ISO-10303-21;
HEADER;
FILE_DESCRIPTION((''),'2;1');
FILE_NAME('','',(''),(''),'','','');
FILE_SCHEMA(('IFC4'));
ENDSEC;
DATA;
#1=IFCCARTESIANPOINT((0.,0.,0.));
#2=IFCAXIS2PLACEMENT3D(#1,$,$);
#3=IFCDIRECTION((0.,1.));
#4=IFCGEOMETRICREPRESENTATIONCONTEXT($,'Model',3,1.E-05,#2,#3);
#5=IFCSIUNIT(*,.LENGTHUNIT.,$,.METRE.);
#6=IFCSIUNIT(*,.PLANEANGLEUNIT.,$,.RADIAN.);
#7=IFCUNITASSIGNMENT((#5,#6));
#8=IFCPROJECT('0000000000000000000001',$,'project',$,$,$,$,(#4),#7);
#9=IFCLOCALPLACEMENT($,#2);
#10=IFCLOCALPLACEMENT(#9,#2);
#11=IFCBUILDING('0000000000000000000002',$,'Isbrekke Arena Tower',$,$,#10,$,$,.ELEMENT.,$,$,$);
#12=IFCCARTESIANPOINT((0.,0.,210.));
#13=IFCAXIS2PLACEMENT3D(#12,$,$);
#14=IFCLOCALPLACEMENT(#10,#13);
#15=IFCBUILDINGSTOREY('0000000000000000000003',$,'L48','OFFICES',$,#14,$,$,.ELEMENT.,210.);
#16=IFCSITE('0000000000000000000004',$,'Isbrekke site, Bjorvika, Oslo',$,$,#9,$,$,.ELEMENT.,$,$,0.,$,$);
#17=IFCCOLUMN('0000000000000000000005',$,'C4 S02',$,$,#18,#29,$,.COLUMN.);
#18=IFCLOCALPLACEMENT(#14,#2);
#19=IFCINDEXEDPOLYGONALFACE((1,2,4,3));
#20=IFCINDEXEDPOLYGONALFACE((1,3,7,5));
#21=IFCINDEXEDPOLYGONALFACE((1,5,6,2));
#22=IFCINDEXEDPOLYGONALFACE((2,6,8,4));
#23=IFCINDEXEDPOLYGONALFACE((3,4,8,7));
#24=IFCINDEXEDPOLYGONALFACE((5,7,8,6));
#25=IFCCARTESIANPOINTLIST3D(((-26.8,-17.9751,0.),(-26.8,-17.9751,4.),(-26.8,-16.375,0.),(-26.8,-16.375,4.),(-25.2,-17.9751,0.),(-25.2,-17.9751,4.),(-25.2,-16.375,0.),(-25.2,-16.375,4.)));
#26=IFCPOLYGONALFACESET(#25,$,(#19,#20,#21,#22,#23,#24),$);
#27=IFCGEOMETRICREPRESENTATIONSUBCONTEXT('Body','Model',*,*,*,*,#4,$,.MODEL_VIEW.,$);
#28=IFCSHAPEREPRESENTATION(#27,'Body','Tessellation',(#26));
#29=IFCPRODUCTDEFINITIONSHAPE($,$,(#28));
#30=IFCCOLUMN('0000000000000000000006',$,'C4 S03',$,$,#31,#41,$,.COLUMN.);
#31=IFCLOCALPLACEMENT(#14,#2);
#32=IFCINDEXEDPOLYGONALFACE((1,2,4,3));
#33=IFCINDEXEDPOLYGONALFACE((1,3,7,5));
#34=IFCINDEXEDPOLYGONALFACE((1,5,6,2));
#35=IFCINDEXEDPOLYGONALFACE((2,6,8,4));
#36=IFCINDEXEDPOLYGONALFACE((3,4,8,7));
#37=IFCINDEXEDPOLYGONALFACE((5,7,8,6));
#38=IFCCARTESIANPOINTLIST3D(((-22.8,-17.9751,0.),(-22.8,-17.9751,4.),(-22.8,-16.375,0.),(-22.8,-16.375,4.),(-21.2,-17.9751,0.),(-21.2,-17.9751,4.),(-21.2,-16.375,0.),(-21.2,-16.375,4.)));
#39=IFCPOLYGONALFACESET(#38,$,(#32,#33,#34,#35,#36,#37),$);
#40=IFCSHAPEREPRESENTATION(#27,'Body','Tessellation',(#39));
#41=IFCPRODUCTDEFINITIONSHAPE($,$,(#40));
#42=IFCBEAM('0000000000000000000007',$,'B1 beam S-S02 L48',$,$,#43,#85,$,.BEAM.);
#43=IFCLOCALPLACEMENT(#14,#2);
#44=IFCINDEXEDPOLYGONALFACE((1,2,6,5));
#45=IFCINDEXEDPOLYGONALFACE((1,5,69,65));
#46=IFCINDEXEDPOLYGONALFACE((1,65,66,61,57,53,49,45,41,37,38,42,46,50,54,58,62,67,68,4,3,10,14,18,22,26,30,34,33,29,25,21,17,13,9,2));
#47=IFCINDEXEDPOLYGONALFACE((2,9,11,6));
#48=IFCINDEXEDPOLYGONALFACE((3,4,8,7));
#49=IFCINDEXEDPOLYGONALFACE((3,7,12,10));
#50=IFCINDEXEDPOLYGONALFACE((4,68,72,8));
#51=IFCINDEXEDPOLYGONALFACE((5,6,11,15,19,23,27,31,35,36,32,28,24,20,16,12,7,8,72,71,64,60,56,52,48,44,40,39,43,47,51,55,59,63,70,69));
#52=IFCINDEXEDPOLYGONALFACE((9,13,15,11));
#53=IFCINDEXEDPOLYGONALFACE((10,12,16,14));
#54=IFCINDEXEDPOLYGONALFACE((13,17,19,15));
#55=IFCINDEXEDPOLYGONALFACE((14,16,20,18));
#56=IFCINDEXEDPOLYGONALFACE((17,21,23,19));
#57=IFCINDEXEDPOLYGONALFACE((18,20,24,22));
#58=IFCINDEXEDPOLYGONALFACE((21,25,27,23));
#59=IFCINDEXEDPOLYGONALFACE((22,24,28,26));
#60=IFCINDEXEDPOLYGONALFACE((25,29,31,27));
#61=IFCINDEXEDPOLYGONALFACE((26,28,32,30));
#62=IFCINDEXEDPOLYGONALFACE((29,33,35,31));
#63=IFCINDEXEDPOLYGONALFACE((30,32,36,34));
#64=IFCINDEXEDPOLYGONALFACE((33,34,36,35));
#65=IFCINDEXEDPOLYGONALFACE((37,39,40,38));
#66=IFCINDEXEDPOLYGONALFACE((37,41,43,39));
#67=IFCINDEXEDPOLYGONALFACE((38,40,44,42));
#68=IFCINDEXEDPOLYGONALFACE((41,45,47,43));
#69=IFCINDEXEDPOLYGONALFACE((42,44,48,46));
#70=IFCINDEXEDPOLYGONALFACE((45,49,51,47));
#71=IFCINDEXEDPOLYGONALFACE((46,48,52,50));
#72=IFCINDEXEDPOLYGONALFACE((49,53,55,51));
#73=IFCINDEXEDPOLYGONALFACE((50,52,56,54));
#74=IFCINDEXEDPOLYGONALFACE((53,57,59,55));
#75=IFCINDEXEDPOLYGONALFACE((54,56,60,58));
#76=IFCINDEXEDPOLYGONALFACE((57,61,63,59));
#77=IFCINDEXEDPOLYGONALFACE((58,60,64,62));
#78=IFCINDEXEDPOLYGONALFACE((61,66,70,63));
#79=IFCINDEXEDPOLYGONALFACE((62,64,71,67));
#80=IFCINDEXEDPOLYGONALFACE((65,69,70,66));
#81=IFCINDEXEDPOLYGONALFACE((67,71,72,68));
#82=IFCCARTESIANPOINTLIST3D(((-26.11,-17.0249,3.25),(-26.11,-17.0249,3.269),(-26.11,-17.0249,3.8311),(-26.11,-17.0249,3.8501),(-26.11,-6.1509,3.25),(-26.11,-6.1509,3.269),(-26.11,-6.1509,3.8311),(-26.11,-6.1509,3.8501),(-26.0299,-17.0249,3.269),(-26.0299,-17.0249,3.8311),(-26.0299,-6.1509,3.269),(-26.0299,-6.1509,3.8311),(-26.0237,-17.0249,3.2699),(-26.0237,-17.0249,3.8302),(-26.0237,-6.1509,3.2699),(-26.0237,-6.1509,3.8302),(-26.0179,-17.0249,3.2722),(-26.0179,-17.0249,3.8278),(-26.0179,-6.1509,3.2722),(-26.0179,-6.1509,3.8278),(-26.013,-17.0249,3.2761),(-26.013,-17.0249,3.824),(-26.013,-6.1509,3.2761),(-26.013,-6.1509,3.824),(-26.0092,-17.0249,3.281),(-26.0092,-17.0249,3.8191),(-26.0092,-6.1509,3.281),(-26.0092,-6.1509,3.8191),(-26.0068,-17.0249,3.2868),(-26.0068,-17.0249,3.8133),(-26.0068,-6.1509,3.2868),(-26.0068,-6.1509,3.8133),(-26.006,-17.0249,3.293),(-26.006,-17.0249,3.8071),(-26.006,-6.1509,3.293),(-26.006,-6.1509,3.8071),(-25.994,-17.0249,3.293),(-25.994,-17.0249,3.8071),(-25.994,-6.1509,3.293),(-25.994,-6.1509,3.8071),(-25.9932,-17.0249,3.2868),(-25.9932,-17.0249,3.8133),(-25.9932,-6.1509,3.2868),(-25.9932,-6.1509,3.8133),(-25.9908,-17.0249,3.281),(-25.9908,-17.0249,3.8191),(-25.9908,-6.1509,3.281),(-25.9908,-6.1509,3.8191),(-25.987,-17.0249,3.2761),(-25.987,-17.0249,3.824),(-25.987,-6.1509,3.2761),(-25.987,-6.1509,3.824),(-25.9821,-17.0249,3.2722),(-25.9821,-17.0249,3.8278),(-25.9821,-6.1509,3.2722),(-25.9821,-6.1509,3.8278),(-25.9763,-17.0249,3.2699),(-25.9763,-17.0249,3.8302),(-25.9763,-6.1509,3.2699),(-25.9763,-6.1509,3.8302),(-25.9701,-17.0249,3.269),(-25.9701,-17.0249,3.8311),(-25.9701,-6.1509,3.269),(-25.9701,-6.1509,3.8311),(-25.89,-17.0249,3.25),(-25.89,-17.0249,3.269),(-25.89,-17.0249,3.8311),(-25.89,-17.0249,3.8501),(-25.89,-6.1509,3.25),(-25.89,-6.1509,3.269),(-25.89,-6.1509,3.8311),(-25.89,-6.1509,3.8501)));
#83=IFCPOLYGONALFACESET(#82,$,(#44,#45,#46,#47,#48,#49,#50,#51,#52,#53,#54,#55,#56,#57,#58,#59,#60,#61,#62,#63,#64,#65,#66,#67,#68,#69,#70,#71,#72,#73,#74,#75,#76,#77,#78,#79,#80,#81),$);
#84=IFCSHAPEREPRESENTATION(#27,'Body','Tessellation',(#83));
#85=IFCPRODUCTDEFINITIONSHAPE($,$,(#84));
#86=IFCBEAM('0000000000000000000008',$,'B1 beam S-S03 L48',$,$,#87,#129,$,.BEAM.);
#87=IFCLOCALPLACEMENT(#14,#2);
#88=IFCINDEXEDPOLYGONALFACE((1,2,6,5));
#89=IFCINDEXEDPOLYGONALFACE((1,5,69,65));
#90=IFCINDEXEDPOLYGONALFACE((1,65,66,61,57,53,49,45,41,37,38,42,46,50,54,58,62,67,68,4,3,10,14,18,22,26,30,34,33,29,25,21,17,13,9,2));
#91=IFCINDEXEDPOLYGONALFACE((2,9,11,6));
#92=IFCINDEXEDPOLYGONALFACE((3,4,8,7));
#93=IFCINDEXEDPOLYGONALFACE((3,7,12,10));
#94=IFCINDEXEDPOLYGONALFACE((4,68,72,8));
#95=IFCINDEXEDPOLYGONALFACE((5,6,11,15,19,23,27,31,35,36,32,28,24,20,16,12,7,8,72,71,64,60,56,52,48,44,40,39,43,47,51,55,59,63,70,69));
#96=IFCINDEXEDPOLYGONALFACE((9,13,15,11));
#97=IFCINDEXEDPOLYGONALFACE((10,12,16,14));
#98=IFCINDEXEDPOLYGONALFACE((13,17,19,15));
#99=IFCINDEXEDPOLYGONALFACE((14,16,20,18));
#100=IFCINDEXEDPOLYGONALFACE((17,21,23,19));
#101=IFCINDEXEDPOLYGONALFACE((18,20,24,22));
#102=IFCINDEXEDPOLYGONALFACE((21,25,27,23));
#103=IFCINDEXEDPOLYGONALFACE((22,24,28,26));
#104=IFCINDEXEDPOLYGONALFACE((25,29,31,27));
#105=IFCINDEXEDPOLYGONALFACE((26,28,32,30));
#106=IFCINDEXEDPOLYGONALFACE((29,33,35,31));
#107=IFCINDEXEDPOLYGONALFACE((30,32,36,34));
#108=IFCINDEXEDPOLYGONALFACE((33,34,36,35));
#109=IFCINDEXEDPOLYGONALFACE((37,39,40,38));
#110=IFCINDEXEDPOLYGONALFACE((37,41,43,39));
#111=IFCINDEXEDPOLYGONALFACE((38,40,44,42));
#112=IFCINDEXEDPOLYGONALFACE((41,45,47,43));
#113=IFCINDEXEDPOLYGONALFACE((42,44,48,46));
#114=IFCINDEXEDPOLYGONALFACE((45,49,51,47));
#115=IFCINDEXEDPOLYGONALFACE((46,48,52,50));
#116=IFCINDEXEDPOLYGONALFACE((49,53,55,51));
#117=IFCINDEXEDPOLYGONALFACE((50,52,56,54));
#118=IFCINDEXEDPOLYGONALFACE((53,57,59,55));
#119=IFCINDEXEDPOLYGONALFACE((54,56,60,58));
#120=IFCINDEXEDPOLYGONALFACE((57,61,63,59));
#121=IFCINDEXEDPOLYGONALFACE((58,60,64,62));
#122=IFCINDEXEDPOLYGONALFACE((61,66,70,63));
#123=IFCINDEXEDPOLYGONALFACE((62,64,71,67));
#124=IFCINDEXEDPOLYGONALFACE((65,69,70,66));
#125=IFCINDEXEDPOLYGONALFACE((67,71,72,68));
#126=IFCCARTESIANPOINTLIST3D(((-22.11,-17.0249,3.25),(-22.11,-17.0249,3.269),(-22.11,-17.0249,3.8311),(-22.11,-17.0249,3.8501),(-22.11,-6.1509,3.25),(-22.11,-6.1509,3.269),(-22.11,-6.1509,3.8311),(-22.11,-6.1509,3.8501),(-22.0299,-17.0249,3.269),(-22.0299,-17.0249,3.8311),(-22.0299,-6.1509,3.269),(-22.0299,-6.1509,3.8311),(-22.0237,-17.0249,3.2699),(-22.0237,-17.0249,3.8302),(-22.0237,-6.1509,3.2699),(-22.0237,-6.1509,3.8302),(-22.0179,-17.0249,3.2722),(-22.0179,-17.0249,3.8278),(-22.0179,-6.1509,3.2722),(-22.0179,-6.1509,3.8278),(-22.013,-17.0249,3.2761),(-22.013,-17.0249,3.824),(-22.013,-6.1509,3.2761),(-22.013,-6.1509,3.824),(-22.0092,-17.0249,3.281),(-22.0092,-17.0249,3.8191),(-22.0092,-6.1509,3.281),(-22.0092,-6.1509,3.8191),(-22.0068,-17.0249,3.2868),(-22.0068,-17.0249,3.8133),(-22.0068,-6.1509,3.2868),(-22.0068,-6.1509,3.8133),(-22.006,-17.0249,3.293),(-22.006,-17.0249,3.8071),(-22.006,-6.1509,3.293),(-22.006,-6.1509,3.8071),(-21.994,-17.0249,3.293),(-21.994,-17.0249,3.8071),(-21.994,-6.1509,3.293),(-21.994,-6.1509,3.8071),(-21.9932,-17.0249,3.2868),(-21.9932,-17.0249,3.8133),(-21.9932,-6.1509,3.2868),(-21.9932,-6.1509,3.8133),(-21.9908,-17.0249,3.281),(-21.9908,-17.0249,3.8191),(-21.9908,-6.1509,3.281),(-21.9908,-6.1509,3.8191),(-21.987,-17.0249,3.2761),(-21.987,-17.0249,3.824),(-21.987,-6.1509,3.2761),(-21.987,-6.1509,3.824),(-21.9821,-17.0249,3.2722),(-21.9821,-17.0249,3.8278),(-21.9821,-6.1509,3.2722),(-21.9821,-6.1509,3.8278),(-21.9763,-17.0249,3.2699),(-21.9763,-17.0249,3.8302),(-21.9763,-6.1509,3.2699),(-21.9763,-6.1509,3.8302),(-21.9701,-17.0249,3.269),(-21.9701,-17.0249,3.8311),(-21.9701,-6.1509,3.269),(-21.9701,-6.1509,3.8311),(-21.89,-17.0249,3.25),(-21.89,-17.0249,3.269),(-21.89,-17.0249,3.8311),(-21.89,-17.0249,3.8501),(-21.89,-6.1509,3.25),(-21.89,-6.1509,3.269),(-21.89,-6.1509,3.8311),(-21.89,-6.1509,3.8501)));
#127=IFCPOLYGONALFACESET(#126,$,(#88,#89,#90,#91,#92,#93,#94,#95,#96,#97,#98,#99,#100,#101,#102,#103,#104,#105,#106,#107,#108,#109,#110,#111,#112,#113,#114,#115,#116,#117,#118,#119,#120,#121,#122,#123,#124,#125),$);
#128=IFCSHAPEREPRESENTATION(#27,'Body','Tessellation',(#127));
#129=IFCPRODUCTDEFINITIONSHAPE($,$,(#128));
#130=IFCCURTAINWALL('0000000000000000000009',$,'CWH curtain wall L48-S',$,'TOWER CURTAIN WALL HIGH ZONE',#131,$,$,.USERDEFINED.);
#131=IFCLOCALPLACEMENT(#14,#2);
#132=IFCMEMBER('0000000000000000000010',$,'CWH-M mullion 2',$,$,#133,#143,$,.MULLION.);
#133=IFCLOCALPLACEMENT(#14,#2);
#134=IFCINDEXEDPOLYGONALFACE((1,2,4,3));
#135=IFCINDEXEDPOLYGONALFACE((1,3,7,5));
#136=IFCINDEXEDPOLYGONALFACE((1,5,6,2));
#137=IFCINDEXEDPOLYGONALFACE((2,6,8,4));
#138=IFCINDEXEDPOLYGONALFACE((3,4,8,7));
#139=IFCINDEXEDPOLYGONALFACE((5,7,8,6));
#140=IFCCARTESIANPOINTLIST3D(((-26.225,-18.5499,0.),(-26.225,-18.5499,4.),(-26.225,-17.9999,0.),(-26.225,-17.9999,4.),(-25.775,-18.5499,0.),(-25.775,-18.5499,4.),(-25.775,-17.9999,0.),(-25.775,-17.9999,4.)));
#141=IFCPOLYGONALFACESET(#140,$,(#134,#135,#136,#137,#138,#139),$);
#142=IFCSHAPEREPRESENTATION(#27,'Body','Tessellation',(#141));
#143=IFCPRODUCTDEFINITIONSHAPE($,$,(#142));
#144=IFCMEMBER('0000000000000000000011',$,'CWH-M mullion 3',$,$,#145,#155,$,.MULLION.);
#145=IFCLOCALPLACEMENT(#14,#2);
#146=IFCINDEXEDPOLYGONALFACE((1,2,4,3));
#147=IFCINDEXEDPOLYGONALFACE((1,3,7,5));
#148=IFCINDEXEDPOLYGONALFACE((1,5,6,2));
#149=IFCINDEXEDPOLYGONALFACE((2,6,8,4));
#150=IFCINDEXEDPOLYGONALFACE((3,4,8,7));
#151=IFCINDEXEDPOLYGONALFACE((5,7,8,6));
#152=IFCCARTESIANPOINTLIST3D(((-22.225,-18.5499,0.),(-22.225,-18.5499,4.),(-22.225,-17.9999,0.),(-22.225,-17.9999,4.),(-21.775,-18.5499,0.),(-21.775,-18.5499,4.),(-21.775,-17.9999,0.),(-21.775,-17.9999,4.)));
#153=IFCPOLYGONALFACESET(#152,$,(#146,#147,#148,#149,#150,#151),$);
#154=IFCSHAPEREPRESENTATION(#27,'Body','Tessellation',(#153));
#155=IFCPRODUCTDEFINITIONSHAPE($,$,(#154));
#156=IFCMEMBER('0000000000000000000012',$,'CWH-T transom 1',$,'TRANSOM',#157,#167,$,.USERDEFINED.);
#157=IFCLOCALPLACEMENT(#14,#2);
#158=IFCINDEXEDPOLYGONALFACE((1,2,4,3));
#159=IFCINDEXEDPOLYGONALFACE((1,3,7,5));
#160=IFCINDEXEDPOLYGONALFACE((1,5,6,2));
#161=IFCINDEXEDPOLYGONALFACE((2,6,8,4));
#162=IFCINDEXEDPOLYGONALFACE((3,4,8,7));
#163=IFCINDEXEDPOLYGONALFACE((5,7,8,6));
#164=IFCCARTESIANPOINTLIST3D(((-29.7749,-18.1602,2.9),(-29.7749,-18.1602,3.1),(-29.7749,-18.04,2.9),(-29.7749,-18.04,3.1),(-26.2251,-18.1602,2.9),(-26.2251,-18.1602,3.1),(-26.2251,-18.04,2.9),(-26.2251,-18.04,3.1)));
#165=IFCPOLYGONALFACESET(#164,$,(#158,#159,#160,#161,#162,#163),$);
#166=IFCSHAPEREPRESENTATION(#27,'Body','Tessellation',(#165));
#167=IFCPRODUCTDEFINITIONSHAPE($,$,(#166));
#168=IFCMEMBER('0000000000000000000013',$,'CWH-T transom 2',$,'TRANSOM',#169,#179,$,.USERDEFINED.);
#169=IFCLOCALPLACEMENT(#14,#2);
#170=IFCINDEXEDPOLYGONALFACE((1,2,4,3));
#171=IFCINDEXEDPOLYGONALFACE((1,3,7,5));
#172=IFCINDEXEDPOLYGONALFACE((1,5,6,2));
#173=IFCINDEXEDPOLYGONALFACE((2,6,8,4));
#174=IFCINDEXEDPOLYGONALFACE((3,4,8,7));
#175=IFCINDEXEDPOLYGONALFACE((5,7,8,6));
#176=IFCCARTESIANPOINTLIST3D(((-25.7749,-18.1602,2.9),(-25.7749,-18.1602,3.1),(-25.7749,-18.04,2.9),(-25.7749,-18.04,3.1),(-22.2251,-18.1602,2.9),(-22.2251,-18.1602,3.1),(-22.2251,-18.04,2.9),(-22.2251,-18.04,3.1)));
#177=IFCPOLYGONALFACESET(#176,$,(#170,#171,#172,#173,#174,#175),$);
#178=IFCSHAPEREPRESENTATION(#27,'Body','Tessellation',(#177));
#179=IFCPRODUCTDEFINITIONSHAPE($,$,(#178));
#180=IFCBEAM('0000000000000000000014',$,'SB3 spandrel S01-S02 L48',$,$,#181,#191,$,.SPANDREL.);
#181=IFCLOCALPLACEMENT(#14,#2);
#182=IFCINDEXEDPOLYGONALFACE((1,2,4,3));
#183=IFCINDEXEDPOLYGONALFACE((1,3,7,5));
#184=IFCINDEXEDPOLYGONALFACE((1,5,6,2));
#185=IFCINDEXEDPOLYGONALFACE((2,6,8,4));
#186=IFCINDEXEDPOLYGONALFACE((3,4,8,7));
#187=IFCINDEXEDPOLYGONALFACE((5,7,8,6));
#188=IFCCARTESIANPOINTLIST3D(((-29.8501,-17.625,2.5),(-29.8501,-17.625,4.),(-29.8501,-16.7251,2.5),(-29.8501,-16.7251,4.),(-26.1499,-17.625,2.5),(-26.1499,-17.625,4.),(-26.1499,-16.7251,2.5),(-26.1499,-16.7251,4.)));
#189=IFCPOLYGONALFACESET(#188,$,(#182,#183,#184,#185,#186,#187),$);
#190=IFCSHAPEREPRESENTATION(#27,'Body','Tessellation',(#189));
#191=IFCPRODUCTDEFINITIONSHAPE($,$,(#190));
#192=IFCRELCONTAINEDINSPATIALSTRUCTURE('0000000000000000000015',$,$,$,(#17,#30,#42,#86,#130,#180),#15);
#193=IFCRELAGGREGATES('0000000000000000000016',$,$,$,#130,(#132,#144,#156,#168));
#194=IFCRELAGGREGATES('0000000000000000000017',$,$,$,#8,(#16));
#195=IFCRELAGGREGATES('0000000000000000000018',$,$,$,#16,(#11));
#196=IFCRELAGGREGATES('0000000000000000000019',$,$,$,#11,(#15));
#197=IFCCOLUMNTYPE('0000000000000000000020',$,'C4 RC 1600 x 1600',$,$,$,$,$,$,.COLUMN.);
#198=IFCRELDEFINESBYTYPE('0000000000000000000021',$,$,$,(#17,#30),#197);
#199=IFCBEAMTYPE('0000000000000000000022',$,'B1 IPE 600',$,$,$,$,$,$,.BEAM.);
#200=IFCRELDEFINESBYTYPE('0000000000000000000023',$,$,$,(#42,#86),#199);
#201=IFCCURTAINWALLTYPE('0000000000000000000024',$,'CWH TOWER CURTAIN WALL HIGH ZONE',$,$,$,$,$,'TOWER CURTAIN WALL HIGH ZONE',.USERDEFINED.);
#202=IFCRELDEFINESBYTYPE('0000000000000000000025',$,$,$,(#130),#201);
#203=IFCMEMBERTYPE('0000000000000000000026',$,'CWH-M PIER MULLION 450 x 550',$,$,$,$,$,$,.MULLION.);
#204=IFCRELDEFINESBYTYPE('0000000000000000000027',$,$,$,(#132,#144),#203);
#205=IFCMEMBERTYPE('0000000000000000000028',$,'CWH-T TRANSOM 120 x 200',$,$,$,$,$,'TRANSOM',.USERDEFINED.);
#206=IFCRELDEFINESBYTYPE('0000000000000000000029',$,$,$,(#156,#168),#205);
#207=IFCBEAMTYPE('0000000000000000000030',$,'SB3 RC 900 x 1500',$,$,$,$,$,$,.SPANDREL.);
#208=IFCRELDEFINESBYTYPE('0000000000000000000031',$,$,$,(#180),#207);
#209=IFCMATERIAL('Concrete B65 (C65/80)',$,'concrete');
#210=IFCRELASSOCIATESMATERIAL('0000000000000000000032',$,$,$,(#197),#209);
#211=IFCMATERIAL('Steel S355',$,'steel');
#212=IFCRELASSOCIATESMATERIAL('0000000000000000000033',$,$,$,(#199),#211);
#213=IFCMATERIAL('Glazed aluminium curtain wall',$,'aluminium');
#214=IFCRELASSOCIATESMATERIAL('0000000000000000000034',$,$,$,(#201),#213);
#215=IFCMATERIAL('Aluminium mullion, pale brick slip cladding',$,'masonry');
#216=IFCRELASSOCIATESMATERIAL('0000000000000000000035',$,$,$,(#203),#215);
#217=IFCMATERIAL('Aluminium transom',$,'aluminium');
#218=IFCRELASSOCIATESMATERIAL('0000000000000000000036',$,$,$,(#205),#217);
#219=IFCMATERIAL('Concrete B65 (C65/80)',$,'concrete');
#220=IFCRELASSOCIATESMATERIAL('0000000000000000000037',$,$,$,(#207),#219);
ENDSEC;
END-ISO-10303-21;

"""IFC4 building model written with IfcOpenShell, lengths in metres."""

from ifc_helpers import new_model, si_unit, direction, frame, origin, origin_2d, place, context, subcontext, project, spatial, rectangle, i_section, extrude, material, material_profile, profile_set, type_object, element, aggregate, save


model = new_model("IFC4")

# Units and contexts
model_context = context("Model", 3, precision=1e-05, world=origin(), true_north=direction((0.0, 1.0)))
body_context = subcontext(model_context, "Body", "Model", "MODEL_VIEW")
ifc_project = project(units=[si_unit("LENGTHUNIT", "METRE"), si_unit("PLANEANGLEUNIT", "RADIAN")], contexts=[model_context])

# Site, building, storey
site_placement = place(None, origin())
site = spatial("IfcSite", under=ifc_project, at=site_placement, Name="Isbrekke site, Bjorvika, Oslo", CompositionType="ELEMENT", RefElevation=0.0)
building_placement = place(site_placement, origin())
building = spatial("IfcBuilding", under=site, at=building_placement, Name="Isbrekke Arena Tower", CompositionType="ELEMENT")
storey_placement = place(building_placement, frame((0.0, 0.0, 210.0)))
storey = spatial("IfcBuildingStorey", under=building, at=storey_placement, Name="L48", Description="OFFICES", CompositionType="ELEMENT", Elevation=210.0)

# Columns
ifc_material_1 = material(Name="Concrete B65 (C65/80)", Category="concrete")
ifc_material_profile_1 = material_profile(ifc_material_1, rectangle(XDim=1.6001, YDim=1.6001, at=origin_2d()), Name="RC 1600x1600")
ifc_profile_set_1 = profile_set([ifc_material_profile_1], Name="Concrete B65 (C65/80)")
column_type = type_object("IfcColumnType", Name="C4 RC 1600 x 1600", PredefinedType="COLUMN", material=ifc_profile_set_1)
for number, where, z_axis, x_axis, name in (
    (1, (-26.0, -17.175, 0.0), (0.0, 0.0, 1.0), (1.0, 0.0, 0.0), "C4 S02"),
    (2, (-22.0, -17.175, 0.0), (0.0, 0.0, 1.0), (1.0, 0.0, 0.0), "C4 S03"),
):
    element("IfcColumn", number, at=place(storey_placement, frame(where, z_axis=z_axis, x_axis=x_axis)), inside=storey, type_object=column_type, Name=name, PredefinedType="COLUMN", context=body_context, shape_type="SweptSolid", body=[
        extrude(rectangle(XDim=1.6001, YDim=1.6001, at=origin_2d()), origin(), (0.0, 0.0, 1.0), 4.0),
    ])

# Beams
ifc_material_2 = material(Name="Steel S355", Category="steel")
ifc_material_profile_2 = material_profile(ifc_material_2, i_section(OverallWidth=0.22, OverallDepth=0.6001, WebThickness=0.012, FlangeThickness=0.019, FilletRadius=0.0239, at=origin_2d()), Name="IPE 600")
ifc_profile_set_2 = profile_set([ifc_material_profile_2], Name="Steel S355")
beam_type_1 = type_object("IfcBeamType", Name="B1 IPE 600", PredefinedType="BEAM", material=ifc_profile_set_2)
for number, where, z_axis, x_axis, name in (
    (3, (-26.0, -17.0249, 3.55), (0.0, 1.0, 0.0), (-1.0, 0.0, 0.0), "B1 beam S-S02 L48"),
    (4, (-22.0, -17.0249, 3.55), (0.0, 1.0, 0.0), (-1.0, 0.0, 0.0), "B1 beam S-S03 L48"),
):
    element("IfcBeam", number, at=place(storey_placement, frame(where, z_axis=z_axis, x_axis=x_axis)), inside=storey, type_object=beam_type_1, Name=name, PredefinedType="BEAM", context=body_context, shape_type="SweptSolid", body=[
        extrude(i_section(OverallWidth=0.22, OverallDepth=0.6001, WebThickness=0.012, FlangeThickness=0.019, FilletRadius=0.0239, at=origin_2d()), origin(), (0.0, 0.0, 1.0), 10.874),
    ])

# Curtain wall, members
ifc_material_3 = material(Name="Glazed aluminium curtain wall", Category="aluminium")
curtain_wall_type = type_object("IfcCurtainWallType", Name="CWH TOWER CURTAIN WALL HIGH ZONE", ElementType="TOWER CURTAIN WALL HIGH ZONE", PredefinedType="USERDEFINED", material=ifc_material_3)
curtain_wall_placement = place(storey_placement, origin())
curtain_wall = element("IfcCurtainWall", 5, at=curtain_wall_placement, inside=storey, type_object=curtain_wall_type, Name="CWH curtain wall L48-S", ObjectType="TOWER CURTAIN WALL HIGH ZONE", PredefinedType="USERDEFINED")
ifc_material_4 = material(Name="Aluminium mullion, pale brick slip cladding", Category="masonry")
ifc_material_profile_3 = material_profile(ifc_material_4, rectangle(XDim=0.45, YDim=0.55, at=origin_2d()), Name="PIER 450X550")
ifc_profile_set_3 = profile_set([ifc_material_profile_3], Name="Aluminium mullion, pale brick slip cladding")
member_type_1 = type_object("IfcMemberType", Name="CWH-M PIER MULLION 450 x 550", PredefinedType="MULLION", material=ifc_profile_set_3)
member_1_placement = place(storey_placement, frame((-26.0, -18.2749, 0.0), z_axis=(0.0, 0.0, 1.0), x_axis=(1.0, 0.0, 0.0)))
member_1 = element("IfcMember", 6, at=member_1_placement, type_object=member_type_1, Name="CWH-M mullion 2", PredefinedType="MULLION", context=body_context, shape_type="SweptSolid", body=[
    extrude(rectangle(XDim=0.45, YDim=0.55, at=origin_2d()), origin(), (0.0, 0.0, 1.0), 4.0),
])
member_2_placement = place(storey_placement, frame((-22.0, -18.2749, 0.0), z_axis=(0.0, 0.0, 1.0), x_axis=(1.0, 0.0, 0.0)))
member_2 = element("IfcMember", 7, at=member_2_placement, type_object=member_type_1, Name="CWH-M mullion 3", PredefinedType="MULLION", context=body_context, shape_type="SweptSolid", body=[
    extrude(rectangle(XDim=0.45, YDim=0.55, at=origin_2d()), origin(), (0.0, 0.0, 1.0), 4.0),
])
ifc_material_5 = material(Name="Aluminium transom", Category="aluminium")
ifc_material_profile_4 = material_profile(ifc_material_5, rectangle(XDim=0.1201, YDim=0.2, at=origin_2d()), Name="TRANSOM 120X200")
ifc_profile_set_4 = profile_set([ifc_material_profile_4], Name="Aluminium transom")
member_type_2 = type_object("IfcMemberType", Name="CWH-T TRANSOM 120 x 200", ElementType="TRANSOM", PredefinedType="USERDEFINED", material=ifc_profile_set_4)
member_3_placement = place(storey_placement, frame((-29.7749, -18.1001, 3.0), z_axis=(1.0, 0.0, 0.0), x_axis=(0.0, 1.0, 0.0)))
member_3 = element("IfcMember", 8, at=member_3_placement, type_object=member_type_2, Name="CWH-T transom 1", ObjectType="TRANSOM", PredefinedType="USERDEFINED", context=body_context, shape_type="SweptSolid", body=[
    extrude(rectangle(XDim=0.1201, YDim=0.2, at=origin_2d()), origin(), (0.0, 0.0, 1.0), 3.5498),
])
member_4_placement = place(storey_placement, frame((-25.7749, -18.1001, 3.0), z_axis=(1.0, 0.0, 0.0), x_axis=(0.0, 1.0, 0.0)))
member_4 = element("IfcMember", 9, at=member_4_placement, type_object=member_type_2, Name="CWH-T transom 2", ObjectType="TRANSOM", PredefinedType="USERDEFINED", context=body_context, shape_type="SweptSolid", body=[
    extrude(rectangle(XDim=0.1201, YDim=0.2, at=origin_2d()), origin(), (0.0, 0.0, 1.0), 3.5498),
])

# Beam
ifc_material_6 = material(Name="Concrete B65 (C65/80)", Category="concrete")
ifc_material_profile_5 = material_profile(ifc_material_6, rectangle(XDim=0.8999, YDim=1.5, at=origin_2d()), Name="RC 900x1500")
ifc_profile_set_5 = profile_set([ifc_material_profile_5], Name="Concrete B65 (C65/80)")
beam_type_2 = type_object("IfcBeamType", Name="SB3 RC 900 x 1500", PredefinedType="SPANDREL", material=ifc_profile_set_5)
for number, where, z_axis, x_axis, name in (
    (10, (-29.8501, -17.175, 3.25), (1.0, 0.0, 0.0), (0.0, 1.0, 0.0), "SB3 spandrel S01-S02 L48"),
):
    element("IfcBeam", number, at=place(storey_placement, frame(where, z_axis=z_axis, x_axis=x_axis)), inside=storey, type_object=beam_type_2, Name=name, PredefinedType="SPANDREL", context=body_context, shape_type="SweptSolid", body=[
        extrude(rectangle(XDim=0.8999, YDim=1.5, at=origin_2d()), origin(), (0.0, 0.0, 1.0), 3.7002),
    ])

aggregate(curtain_wall, [member_1, member_2, member_3, member_4])

save(model, "model.ifc")
